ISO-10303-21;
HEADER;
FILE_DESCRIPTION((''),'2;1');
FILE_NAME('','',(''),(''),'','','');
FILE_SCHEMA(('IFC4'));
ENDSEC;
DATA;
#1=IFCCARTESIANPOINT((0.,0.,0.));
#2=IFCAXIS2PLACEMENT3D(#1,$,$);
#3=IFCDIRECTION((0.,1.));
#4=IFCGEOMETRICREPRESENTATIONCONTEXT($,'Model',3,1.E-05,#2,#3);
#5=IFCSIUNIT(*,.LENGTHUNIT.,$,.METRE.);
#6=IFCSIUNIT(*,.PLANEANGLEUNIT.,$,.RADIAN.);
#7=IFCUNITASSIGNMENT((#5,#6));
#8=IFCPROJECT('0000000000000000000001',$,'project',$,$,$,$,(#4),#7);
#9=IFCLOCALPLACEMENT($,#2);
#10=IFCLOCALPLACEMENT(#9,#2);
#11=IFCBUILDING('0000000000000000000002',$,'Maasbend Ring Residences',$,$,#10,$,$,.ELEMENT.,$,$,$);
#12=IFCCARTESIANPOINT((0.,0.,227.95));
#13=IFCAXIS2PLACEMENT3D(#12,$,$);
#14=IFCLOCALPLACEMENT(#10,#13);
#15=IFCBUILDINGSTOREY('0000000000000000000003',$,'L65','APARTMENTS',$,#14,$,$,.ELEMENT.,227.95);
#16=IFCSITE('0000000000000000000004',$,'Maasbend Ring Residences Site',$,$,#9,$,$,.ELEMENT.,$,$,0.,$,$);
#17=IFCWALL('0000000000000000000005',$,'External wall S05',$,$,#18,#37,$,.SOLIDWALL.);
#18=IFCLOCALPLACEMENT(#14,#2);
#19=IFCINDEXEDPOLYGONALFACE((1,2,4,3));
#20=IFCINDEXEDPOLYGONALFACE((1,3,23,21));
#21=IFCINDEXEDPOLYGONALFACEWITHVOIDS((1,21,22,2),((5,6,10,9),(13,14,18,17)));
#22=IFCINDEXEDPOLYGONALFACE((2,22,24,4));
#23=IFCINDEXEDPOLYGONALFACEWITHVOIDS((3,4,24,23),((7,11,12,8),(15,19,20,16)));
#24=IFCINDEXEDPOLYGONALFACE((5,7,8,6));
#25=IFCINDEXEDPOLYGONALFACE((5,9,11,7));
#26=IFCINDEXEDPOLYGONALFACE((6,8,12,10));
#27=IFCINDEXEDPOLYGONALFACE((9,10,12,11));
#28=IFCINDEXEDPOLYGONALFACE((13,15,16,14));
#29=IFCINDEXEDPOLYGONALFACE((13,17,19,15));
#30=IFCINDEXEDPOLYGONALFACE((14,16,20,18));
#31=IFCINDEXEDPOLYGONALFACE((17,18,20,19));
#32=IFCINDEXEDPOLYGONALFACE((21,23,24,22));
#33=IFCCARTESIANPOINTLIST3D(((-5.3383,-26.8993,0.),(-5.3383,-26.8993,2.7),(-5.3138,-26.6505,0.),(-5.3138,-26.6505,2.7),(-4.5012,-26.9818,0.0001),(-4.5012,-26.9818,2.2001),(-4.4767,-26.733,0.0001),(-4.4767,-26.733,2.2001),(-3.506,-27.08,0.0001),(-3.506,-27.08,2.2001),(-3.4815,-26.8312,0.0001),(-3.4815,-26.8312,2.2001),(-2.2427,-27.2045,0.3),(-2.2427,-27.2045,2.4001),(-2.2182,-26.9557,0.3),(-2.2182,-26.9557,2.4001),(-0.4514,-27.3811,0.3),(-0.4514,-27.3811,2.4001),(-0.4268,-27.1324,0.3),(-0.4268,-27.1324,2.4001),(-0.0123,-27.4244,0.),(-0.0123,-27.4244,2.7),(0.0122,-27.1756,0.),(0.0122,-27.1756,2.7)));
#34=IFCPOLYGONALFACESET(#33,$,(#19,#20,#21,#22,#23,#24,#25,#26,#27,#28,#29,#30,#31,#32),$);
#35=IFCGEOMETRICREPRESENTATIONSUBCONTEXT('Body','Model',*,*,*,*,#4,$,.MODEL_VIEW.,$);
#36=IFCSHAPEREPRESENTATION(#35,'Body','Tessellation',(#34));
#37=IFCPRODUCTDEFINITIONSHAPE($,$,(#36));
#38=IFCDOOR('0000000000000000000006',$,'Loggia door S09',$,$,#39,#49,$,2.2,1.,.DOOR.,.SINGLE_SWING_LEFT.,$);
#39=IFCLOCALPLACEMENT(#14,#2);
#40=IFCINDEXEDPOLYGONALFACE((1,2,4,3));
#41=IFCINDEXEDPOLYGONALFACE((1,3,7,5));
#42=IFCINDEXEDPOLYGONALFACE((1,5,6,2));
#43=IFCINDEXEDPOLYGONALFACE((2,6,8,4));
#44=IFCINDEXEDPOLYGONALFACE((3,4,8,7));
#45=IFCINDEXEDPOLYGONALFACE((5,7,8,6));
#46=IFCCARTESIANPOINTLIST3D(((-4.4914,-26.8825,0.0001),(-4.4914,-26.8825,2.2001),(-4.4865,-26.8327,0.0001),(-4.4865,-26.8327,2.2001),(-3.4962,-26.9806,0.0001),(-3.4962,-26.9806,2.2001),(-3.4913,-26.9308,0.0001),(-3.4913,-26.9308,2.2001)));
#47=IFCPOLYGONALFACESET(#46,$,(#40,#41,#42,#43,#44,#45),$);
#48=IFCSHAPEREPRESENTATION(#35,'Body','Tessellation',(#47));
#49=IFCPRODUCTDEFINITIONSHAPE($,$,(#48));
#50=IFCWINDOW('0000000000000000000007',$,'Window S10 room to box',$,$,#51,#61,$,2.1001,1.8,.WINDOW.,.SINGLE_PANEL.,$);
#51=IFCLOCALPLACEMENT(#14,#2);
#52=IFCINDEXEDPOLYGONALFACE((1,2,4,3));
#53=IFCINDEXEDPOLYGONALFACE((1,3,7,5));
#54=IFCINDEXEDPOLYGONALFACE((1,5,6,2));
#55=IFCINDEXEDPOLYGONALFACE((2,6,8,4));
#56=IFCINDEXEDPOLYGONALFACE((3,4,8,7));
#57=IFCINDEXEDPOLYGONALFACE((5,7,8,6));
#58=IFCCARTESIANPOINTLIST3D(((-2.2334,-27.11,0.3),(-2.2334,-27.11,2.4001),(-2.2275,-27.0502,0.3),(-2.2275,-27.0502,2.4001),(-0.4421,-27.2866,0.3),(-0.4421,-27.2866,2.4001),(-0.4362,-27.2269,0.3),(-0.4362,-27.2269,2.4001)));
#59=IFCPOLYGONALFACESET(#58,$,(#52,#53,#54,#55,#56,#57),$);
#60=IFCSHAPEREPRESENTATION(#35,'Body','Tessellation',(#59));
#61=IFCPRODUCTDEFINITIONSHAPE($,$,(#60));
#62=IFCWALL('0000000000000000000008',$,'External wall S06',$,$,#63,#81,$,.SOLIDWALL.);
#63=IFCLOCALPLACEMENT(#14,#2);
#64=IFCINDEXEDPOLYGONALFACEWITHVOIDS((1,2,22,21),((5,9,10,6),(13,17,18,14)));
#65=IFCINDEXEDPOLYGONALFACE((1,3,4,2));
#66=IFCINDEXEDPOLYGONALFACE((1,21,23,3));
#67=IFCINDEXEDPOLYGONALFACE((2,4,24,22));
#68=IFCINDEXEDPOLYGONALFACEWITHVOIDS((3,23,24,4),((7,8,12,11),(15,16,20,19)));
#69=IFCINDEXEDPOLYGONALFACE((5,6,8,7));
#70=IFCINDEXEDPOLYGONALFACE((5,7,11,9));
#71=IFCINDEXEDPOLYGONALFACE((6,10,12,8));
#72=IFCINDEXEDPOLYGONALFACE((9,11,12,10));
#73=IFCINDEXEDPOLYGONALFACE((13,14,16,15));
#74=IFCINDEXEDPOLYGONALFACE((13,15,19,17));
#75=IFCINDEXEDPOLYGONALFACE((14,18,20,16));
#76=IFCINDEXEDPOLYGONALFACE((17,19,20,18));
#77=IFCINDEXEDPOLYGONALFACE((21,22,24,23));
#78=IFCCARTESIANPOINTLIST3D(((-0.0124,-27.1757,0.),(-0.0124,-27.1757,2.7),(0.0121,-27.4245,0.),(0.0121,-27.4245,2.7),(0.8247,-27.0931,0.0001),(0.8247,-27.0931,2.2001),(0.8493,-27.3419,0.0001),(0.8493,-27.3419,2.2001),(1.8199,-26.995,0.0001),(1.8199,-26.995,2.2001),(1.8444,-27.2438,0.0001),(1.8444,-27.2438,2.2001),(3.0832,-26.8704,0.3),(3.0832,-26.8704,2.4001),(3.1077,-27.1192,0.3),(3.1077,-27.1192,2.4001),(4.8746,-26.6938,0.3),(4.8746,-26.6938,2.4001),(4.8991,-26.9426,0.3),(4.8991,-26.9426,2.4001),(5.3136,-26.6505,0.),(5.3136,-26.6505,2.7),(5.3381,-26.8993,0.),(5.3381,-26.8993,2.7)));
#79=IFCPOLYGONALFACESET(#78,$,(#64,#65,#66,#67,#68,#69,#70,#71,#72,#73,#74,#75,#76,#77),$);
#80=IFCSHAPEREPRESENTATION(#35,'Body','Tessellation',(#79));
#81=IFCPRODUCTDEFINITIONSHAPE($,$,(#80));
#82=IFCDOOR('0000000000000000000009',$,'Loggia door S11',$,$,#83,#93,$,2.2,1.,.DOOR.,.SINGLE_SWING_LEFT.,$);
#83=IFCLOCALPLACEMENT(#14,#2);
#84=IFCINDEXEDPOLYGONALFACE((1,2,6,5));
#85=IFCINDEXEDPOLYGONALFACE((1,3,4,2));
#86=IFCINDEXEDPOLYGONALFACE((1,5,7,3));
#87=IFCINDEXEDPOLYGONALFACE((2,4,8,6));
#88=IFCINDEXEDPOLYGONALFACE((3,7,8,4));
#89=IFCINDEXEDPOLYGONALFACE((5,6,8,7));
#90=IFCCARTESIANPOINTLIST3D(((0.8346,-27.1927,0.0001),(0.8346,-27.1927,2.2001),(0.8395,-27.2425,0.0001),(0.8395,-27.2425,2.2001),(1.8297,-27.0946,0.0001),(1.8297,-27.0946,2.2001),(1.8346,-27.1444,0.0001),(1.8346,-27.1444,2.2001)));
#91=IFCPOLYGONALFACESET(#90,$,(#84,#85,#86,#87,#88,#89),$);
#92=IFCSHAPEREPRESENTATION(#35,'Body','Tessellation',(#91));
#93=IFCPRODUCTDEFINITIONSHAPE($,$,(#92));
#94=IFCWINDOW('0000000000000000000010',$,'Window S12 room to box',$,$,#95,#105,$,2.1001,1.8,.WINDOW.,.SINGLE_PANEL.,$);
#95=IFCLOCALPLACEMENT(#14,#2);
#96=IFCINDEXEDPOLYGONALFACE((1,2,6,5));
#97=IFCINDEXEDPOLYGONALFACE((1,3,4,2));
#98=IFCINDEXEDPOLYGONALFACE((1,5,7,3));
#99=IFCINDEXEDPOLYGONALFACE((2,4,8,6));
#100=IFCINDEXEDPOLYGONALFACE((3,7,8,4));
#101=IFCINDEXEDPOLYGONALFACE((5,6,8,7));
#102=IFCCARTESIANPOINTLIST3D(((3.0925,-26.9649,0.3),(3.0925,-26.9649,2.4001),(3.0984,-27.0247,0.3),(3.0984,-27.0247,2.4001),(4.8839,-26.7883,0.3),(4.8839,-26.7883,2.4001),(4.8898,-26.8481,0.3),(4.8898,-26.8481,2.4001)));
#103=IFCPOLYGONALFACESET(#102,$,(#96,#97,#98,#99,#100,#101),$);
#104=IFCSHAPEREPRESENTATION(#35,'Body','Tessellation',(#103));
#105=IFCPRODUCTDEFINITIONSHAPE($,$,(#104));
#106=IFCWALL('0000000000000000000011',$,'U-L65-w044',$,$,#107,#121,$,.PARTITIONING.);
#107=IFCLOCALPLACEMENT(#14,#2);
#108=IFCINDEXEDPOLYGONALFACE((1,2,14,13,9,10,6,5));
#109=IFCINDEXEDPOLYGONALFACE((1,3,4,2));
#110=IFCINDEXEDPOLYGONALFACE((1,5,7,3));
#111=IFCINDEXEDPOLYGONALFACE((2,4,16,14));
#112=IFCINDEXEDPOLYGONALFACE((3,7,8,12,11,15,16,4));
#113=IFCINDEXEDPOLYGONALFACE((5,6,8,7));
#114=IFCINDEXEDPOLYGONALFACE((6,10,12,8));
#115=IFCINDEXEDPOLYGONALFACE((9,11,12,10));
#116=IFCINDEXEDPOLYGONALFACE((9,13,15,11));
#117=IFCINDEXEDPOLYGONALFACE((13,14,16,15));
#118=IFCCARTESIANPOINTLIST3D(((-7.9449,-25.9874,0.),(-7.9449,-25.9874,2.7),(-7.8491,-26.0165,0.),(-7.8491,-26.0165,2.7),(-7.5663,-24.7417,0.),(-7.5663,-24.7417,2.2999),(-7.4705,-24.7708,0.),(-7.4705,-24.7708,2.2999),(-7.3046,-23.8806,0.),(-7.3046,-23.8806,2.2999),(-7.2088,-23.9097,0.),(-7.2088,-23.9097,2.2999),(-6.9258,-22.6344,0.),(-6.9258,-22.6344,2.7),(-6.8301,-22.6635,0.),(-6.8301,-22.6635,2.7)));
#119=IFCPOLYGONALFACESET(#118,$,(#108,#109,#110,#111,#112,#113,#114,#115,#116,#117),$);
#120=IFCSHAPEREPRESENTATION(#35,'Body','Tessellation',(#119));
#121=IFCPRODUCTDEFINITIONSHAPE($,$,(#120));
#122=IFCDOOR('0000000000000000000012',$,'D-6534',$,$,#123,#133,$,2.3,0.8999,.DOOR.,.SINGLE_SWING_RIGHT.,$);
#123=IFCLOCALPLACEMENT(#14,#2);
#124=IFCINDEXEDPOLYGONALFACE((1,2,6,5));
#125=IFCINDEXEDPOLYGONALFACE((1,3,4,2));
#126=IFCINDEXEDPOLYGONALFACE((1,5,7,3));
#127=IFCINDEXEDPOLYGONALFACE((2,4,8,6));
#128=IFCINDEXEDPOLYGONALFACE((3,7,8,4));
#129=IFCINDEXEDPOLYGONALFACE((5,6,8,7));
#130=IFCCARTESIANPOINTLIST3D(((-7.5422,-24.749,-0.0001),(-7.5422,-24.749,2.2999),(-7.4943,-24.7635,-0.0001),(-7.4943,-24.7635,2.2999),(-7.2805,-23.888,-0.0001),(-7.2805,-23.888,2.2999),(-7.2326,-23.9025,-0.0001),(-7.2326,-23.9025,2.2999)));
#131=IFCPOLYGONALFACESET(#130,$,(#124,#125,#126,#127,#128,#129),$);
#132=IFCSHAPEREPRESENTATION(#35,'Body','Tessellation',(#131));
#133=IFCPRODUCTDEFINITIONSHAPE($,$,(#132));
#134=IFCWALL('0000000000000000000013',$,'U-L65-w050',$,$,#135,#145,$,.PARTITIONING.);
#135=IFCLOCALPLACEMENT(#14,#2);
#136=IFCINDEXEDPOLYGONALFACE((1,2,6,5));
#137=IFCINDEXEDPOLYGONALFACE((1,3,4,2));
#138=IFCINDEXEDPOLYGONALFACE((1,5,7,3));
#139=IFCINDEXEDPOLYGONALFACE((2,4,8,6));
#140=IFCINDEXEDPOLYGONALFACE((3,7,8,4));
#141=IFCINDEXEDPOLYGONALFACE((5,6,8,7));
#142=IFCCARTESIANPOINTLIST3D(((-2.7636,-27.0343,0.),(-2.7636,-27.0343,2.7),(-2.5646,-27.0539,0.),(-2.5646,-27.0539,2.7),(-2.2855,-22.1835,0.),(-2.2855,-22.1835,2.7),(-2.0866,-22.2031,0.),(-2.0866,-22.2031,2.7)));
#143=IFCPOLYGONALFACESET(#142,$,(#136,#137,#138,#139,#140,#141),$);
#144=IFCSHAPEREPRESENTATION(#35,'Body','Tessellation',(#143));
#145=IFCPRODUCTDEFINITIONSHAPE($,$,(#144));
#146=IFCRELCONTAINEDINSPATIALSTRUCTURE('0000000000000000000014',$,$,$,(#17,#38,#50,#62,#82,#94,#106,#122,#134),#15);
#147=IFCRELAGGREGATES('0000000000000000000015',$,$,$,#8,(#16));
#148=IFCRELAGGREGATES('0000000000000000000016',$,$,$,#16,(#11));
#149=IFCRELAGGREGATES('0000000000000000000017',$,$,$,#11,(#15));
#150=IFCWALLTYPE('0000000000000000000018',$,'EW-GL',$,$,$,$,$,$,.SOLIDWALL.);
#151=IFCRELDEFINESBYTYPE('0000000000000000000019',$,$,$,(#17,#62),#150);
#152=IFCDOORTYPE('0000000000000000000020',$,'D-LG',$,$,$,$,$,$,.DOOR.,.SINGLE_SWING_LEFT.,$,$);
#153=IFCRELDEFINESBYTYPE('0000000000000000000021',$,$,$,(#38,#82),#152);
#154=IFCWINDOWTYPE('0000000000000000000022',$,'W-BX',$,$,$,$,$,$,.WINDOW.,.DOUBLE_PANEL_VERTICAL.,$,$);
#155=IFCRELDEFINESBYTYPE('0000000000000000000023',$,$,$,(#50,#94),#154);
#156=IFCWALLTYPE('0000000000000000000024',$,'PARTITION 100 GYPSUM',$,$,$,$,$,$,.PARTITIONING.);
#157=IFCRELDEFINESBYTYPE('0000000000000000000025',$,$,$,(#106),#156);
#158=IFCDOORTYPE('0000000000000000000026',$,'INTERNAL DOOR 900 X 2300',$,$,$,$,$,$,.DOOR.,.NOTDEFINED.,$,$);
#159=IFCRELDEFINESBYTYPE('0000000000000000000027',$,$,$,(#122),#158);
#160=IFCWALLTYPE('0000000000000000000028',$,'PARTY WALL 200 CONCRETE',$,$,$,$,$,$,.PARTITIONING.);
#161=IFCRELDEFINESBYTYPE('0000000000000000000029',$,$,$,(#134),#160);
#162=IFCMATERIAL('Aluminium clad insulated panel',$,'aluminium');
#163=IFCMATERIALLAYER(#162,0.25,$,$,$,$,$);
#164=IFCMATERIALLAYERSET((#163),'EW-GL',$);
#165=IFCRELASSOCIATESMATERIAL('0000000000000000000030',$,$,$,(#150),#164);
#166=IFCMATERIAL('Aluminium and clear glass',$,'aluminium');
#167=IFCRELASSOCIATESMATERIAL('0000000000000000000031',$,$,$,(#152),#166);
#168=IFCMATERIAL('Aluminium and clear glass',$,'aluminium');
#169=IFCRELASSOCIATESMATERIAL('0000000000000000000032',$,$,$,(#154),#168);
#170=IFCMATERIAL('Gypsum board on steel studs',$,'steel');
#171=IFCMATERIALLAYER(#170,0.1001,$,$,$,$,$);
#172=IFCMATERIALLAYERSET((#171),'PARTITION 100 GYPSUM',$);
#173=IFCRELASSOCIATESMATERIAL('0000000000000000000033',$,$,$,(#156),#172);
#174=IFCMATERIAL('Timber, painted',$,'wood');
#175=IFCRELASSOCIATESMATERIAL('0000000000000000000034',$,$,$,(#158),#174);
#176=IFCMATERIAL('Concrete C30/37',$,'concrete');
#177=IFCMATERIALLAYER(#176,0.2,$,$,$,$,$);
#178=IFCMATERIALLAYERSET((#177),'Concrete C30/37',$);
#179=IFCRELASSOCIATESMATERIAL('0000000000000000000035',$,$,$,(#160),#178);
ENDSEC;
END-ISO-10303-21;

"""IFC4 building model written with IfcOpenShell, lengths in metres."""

from ifc_helpers import new_model, si_unit, direction, frame, frame_2d, origin, place, context, subcontext, project, spatial, rectangle, extrude, material, layer, layer_set, type_object, element, fill, save


model = new_model("IFC4")

# Units and contexts
model_context = context("Model", 3, precision=1e-05, world=origin(), true_north=direction((0.0, 1.0)))
body_context = subcontext(model_context, "Body", "Model", "MODEL_VIEW")
ifc_project = project(units=[si_unit("LENGTHUNIT", "METRE"), si_unit("PLANEANGLEUNIT", "RADIAN")], contexts=[model_context])

# Site, building, storey
site_placement = place(None, origin())
site = spatial("IfcSite", under=ifc_project, at=site_placement, Name="Maasbend Ring Residences Site", CompositionType="ELEMENT", RefElevation=0.0)
building_placement = place(site_placement, origin())
building = spatial("IfcBuilding", under=site, at=building_placement, Name="Maasbend Ring Residences", CompositionType="ELEMENT")
storey_placement = place(building_placement, frame((0.0, 0.0, 227.95)))
storey = spatial("IfcBuildingStorey", under=building, at=storey_placement, Name="L65", Description="APARTMENTS", CompositionType="ELEMENT", Elevation=227.95)

# Walls, openings, doors, windows
ifc_material_1 = material(Name="Aluminium clad insulated panel", Category="aluminium")
ifc_layer_1 = layer(ifc_material_1, 0.25)
ifc_layer_set_1 = layer_set([ifc_layer_1], Name="EW-GL")
wall_type_1 = type_object("IfcWallType", Name="EW-GL", PredefinedType="SOLIDWALL", material=ifc_layer_set_1)
wall_1_placement = place(storey_placement, frame((-5.3259, -26.7749, 0.0), z_axis=(0.0, 0.0, 1.0), x_axis=(0.995174, -0.098126, 0.0)))
wall_1 = element("IfcWall", 1, at=wall_1_placement, inside=storey, type_object=wall_type_1, Name="External wall S05", PredefinedType="SOLIDWALL", context=body_context, shape_type="SweptSolid", body=[
    extrude(rectangle(XDim=5.3518, YDim=0.25, at=frame_2d((2.6758, 0.0))), origin(), (0.0, 0.0, 1.0), 2.7),
])
opening_1_placement = place(wall_1_placement, frame((0.8411, 0.0, 0.0)))
opening_1 = element("IfcOpeningElement", 2, at=opening_1_placement, cuts=wall_1, PredefinedType="OPENING", context=body_context, shape_type="SweptSolid", body=[
    extrude(rectangle(XDim=1.0, YDim=2.2, at=frame_2d((0.5, 1.1001))), frame((0.0, 0.135, 0.0), z_axis=(0.0, -1.0, 0.0), x_axis=(1.0, 0.0, 0.0)), (0.0, 0.0, 1.0), 0.27),
])
opening_2_placement = place(wall_1_placement, frame((3.1106, 0.0, 0.3)))
opening_2 = element("IfcOpeningElement", 3, at=opening_2_placement, cuts=wall_1, PredefinedType="OPENING", context=body_context, shape_type="SweptSolid", body=[
    extrude(rectangle(XDim=1.8, YDim=2.1001, at=frame_2d((0.8999, 1.05))), frame((0.0, 0.135, 0.0), z_axis=(0.0, -1.0, 0.0), x_axis=(1.0, 0.0, 0.0)), (0.0, 0.0, 1.0), 0.27),
])
ifc_material_2 = material(Name="Aluminium and clear glass", Category="aluminium")
door_type_1 = type_object("IfcDoorType", Name="D-LG", OperationType="SINGLE_SWING_LEFT", PredefinedType="DOOR", material=ifc_material_2)
door_1_placement = place(opening_1_placement, origin())
door_1 = element("IfcDoor", 4, at=door_1_placement, inside=storey, type_object=door_type_1, Name="Loggia door S09", OperationType="SINGLE_SWING_LEFT", OverallHeight=2.2, OverallWidth=1.0, PredefinedType="DOOR", context=body_context, shape_type="SweptSolid", body=[
    extrude(rectangle(XDim=1.0, YDim=2.2, at=frame_2d((0.5, 1.1001))), frame((0.0, 0.0249, 0.0), z_axis=(0.0, -1.0, 0.0), x_axis=(1.0, 0.0, 0.0)), (0.0, 0.0, 1.0), 0.05),
])
fill(opening_1, door_1)
ifc_material_3 = material(Name="Aluminium and clear glass", Category="aluminium")
window_type_1 = type_object("IfcWindowType", Name="W-BX", PartitioningType="DOUBLE_PANEL_VERTICAL", PredefinedType="WINDOW", material=ifc_material_3)
window_1_placement = place(opening_2_placement, origin())
window_1 = element("IfcWindow", 5, at=window_1_placement, inside=storey, type_object=window_type_1, Name="Window S10 room to box", OverallHeight=2.1001, OverallWidth=1.8, PartitioningType="SINGLE_PANEL", PredefinedType="WINDOW", context=body_context, shape_type="SweptSolid", body=[
    extrude(rectangle(XDim=1.8, YDim=2.1001, at=frame_2d((0.8999, 1.05))), frame((0.0, 0.03, 0.0), z_axis=(0.0, -1.0, 0.0), x_axis=(1.0, 0.0, 0.0)), (0.0, 0.0, 1.0), 0.0601),
])
fill(opening_2, window_1)
wall_2_placement = place(storey_placement, frame((0.0, -27.3, 0.0), z_axis=(0.0, 0.0, 1.0), x_axis=(0.995174, 0.098126, 0.0)))
wall_2 = element("IfcWall", 6, at=wall_2_placement, inside=storey, type_object=wall_type_1, Name="External wall S06", PredefinedType="SOLIDWALL", context=body_context, shape_type="SweptSolid", body=[
    extrude(rectangle(XDim=5.3518, YDim=0.25, at=frame_2d((2.6758, 0.0))), origin(), (0.0, 0.0, 1.0), 2.7),
])
opening_3_placement = place(wall_2_placement, frame((0.8411, 0.0, 0.0)))
opening_3 = element("IfcOpeningElement", 7, at=opening_3_placement, cuts=wall_2, PredefinedType="OPENING", context=body_context, shape_type="SweptSolid", body=[
    extrude(rectangle(XDim=1.0, YDim=2.2, at=frame_2d((0.5, 1.1001))), frame((0.0, 0.135, 0.0), z_axis=(0.0, -1.0, 0.0), x_axis=(1.0, 0.0, 0.0)), (0.0, 0.0, 1.0), 0.27),
])
opening_4_placement = place(wall_2_placement, frame((3.1106, 0.0, 0.3)))
opening_4 = element("IfcOpeningElement", 8, at=opening_4_placement, cuts=wall_2, PredefinedType="OPENING", context=body_context, shape_type="SweptSolid", body=[
    extrude(rectangle(XDim=1.8, YDim=2.1001, at=frame_2d((0.8999, 1.05))), frame((0.0, 0.135, 0.0), z_axis=(0.0, -1.0, 0.0), x_axis=(1.0, 0.0, 0.0)), (0.0, 0.0, 1.0), 0.27),
])
door_2_placement = place(opening_3_placement, origin())
door_2 = element("IfcDoor", 9, at=door_2_placement, inside=storey, type_object=door_type_1, Name="Loggia door S11", OperationType="SINGLE_SWING_LEFT", OverallHeight=2.2, OverallWidth=1.0, PredefinedType="DOOR", context=body_context, shape_type="SweptSolid", body=[
    extrude(rectangle(XDim=1.0, YDim=2.2, at=frame_2d((0.5, 1.1001))), frame((0.0, 0.0249, 0.0), z_axis=(0.0, -1.0, 0.0), x_axis=(1.0, 0.0, 0.0)), (0.0, 0.0, 1.0), 0.05),
])
fill(opening_3, door_2)
window_2_placement = place(opening_4_placement, origin())
window_2 = element("IfcWindow", 10, at=window_2_placement, inside=storey, type_object=window_type_1, Name="Window S12 room to box", OverallHeight=2.1001, OverallWidth=1.8, PartitioningType="SINGLE_PANEL", PredefinedType="WINDOW", context=body_context, shape_type="SweptSolid", body=[
    extrude(rectangle(XDim=1.8, YDim=2.1001, at=frame_2d((0.8999, 1.05))), frame((0.0, 0.03, 0.0), z_axis=(0.0, -1.0, 0.0), x_axis=(1.0, 0.0, 0.0)), (0.0, 0.0, 1.0), 0.0601),
])
fill(opening_4, window_2)

# Wall, opening, door
ifc_material_4 = material(Name="Gypsum board on steel studs", Category="steel")
ifc_layer_2 = layer(ifc_material_4, 0.1001)
ifc_layer_set_2 = layer_set([ifc_layer_2], Name="PARTITION 100 GYPSUM")
wall_type_2 = type_object("IfcWallType", Name="PARTITION 100 GYPSUM", PredefinedType="PARTITIONING", material=ifc_layer_set_2)
wall_3_placement = place(storey_placement, frame((-7.897, -26.002, 0.0), z_axis=(0.0, 0.0, 1.0), x_axis=(0.290785, 0.956789, 0.0)))
wall_3 = element("IfcWall", 11, at=wall_3_placement, inside=storey, type_object=wall_type_2, Name="U-L65-w044", PredefinedType="PARTITIONING", context=body_context, shape_type="SweptSolid", body=[
    extrude(rectangle(XDim=3.5044, YDim=0.1001, at=frame_2d((1.7522, 0.0))), origin(), (0.0, 0.0, 1.0), 2.7),
])
opening_5_placement = place(wall_3_placement, frame((1.302, 0.0, 0.0)))
opening_5 = element("IfcOpeningElement", 12, at=opening_5_placement, cuts=wall_3, PredefinedType="OPENING", context=body_context, shape_type="SweptSolid", body=[
    extrude(rectangle(XDim=0.8999, YDim=2.3, at=frame_2d((0.45, 1.1499))), frame((0.0, 0.0601, 0.0), z_axis=(0.0, -1.0, 0.0), x_axis=(1.0, 0.0, 0.0)), (0.0, 0.0, 1.0), 0.1201),
])
ifc_material_5 = material(Name="Timber, painted", Category="wood")
door_type_2 = type_object("IfcDoorType", Name="INTERNAL DOOR 900 X 2300", OperationType="NOTDEFINED", PredefinedType="DOOR", material=ifc_material_5)
door_3_placement = place(opening_5_placement, origin())
door_3 = element("IfcDoor", 13, at=door_3_placement, inside=storey, type_object=door_type_2, Name="D-6534", OperationType="SINGLE_SWING_RIGHT", OverallHeight=2.3, OverallWidth=0.8999, PredefinedType="DOOR", context=body_context, shape_type="SweptSolid", body=[
    extrude(rectangle(XDim=0.8999, YDim=2.3, at=frame_2d((0.45, 1.1499))), frame((0.0, 0.0249, 0.0), z_axis=(0.0, -1.0, 0.0), x_axis=(1.0, 0.0, 0.0)), (0.0, 0.0, 1.0), 0.05),
])
fill(opening_5, door_3)

# Wall
ifc_material_6 = material(Name="Concrete C30/37", Category="concrete")
ifc_layer_3 = layer(ifc_material_6, 0.2)
ifc_layer_set_3 = layer_set([ifc_layer_3], Name="Concrete C30/37")
wall_type_3 = type_object("IfcWallType", Name="PARTY WALL 200 CONCRETE", PredefinedType="PARTITIONING", material=ifc_layer_set_3)
wall_4_placement = place(storey_placement, frame((-2.6641, -27.0439, 0.0), z_axis=(0.0, 0.0, 1.0), x_axis=(0.09807, 0.995179, 0.0)))
element("IfcWall", 14, at=wall_4_placement, inside=storey, type_object=wall_type_3, Name="U-L65-w050", PredefinedType="PARTITIONING", context=body_context, shape_type="SweptSolid", body=[
    extrude(rectangle(XDim=4.8743, YDim=0.2, at=frame_2d((2.437, 0.0))), origin(), (0.0, 0.0, 1.0), 2.7),
])

save(model, "model.ifc")
